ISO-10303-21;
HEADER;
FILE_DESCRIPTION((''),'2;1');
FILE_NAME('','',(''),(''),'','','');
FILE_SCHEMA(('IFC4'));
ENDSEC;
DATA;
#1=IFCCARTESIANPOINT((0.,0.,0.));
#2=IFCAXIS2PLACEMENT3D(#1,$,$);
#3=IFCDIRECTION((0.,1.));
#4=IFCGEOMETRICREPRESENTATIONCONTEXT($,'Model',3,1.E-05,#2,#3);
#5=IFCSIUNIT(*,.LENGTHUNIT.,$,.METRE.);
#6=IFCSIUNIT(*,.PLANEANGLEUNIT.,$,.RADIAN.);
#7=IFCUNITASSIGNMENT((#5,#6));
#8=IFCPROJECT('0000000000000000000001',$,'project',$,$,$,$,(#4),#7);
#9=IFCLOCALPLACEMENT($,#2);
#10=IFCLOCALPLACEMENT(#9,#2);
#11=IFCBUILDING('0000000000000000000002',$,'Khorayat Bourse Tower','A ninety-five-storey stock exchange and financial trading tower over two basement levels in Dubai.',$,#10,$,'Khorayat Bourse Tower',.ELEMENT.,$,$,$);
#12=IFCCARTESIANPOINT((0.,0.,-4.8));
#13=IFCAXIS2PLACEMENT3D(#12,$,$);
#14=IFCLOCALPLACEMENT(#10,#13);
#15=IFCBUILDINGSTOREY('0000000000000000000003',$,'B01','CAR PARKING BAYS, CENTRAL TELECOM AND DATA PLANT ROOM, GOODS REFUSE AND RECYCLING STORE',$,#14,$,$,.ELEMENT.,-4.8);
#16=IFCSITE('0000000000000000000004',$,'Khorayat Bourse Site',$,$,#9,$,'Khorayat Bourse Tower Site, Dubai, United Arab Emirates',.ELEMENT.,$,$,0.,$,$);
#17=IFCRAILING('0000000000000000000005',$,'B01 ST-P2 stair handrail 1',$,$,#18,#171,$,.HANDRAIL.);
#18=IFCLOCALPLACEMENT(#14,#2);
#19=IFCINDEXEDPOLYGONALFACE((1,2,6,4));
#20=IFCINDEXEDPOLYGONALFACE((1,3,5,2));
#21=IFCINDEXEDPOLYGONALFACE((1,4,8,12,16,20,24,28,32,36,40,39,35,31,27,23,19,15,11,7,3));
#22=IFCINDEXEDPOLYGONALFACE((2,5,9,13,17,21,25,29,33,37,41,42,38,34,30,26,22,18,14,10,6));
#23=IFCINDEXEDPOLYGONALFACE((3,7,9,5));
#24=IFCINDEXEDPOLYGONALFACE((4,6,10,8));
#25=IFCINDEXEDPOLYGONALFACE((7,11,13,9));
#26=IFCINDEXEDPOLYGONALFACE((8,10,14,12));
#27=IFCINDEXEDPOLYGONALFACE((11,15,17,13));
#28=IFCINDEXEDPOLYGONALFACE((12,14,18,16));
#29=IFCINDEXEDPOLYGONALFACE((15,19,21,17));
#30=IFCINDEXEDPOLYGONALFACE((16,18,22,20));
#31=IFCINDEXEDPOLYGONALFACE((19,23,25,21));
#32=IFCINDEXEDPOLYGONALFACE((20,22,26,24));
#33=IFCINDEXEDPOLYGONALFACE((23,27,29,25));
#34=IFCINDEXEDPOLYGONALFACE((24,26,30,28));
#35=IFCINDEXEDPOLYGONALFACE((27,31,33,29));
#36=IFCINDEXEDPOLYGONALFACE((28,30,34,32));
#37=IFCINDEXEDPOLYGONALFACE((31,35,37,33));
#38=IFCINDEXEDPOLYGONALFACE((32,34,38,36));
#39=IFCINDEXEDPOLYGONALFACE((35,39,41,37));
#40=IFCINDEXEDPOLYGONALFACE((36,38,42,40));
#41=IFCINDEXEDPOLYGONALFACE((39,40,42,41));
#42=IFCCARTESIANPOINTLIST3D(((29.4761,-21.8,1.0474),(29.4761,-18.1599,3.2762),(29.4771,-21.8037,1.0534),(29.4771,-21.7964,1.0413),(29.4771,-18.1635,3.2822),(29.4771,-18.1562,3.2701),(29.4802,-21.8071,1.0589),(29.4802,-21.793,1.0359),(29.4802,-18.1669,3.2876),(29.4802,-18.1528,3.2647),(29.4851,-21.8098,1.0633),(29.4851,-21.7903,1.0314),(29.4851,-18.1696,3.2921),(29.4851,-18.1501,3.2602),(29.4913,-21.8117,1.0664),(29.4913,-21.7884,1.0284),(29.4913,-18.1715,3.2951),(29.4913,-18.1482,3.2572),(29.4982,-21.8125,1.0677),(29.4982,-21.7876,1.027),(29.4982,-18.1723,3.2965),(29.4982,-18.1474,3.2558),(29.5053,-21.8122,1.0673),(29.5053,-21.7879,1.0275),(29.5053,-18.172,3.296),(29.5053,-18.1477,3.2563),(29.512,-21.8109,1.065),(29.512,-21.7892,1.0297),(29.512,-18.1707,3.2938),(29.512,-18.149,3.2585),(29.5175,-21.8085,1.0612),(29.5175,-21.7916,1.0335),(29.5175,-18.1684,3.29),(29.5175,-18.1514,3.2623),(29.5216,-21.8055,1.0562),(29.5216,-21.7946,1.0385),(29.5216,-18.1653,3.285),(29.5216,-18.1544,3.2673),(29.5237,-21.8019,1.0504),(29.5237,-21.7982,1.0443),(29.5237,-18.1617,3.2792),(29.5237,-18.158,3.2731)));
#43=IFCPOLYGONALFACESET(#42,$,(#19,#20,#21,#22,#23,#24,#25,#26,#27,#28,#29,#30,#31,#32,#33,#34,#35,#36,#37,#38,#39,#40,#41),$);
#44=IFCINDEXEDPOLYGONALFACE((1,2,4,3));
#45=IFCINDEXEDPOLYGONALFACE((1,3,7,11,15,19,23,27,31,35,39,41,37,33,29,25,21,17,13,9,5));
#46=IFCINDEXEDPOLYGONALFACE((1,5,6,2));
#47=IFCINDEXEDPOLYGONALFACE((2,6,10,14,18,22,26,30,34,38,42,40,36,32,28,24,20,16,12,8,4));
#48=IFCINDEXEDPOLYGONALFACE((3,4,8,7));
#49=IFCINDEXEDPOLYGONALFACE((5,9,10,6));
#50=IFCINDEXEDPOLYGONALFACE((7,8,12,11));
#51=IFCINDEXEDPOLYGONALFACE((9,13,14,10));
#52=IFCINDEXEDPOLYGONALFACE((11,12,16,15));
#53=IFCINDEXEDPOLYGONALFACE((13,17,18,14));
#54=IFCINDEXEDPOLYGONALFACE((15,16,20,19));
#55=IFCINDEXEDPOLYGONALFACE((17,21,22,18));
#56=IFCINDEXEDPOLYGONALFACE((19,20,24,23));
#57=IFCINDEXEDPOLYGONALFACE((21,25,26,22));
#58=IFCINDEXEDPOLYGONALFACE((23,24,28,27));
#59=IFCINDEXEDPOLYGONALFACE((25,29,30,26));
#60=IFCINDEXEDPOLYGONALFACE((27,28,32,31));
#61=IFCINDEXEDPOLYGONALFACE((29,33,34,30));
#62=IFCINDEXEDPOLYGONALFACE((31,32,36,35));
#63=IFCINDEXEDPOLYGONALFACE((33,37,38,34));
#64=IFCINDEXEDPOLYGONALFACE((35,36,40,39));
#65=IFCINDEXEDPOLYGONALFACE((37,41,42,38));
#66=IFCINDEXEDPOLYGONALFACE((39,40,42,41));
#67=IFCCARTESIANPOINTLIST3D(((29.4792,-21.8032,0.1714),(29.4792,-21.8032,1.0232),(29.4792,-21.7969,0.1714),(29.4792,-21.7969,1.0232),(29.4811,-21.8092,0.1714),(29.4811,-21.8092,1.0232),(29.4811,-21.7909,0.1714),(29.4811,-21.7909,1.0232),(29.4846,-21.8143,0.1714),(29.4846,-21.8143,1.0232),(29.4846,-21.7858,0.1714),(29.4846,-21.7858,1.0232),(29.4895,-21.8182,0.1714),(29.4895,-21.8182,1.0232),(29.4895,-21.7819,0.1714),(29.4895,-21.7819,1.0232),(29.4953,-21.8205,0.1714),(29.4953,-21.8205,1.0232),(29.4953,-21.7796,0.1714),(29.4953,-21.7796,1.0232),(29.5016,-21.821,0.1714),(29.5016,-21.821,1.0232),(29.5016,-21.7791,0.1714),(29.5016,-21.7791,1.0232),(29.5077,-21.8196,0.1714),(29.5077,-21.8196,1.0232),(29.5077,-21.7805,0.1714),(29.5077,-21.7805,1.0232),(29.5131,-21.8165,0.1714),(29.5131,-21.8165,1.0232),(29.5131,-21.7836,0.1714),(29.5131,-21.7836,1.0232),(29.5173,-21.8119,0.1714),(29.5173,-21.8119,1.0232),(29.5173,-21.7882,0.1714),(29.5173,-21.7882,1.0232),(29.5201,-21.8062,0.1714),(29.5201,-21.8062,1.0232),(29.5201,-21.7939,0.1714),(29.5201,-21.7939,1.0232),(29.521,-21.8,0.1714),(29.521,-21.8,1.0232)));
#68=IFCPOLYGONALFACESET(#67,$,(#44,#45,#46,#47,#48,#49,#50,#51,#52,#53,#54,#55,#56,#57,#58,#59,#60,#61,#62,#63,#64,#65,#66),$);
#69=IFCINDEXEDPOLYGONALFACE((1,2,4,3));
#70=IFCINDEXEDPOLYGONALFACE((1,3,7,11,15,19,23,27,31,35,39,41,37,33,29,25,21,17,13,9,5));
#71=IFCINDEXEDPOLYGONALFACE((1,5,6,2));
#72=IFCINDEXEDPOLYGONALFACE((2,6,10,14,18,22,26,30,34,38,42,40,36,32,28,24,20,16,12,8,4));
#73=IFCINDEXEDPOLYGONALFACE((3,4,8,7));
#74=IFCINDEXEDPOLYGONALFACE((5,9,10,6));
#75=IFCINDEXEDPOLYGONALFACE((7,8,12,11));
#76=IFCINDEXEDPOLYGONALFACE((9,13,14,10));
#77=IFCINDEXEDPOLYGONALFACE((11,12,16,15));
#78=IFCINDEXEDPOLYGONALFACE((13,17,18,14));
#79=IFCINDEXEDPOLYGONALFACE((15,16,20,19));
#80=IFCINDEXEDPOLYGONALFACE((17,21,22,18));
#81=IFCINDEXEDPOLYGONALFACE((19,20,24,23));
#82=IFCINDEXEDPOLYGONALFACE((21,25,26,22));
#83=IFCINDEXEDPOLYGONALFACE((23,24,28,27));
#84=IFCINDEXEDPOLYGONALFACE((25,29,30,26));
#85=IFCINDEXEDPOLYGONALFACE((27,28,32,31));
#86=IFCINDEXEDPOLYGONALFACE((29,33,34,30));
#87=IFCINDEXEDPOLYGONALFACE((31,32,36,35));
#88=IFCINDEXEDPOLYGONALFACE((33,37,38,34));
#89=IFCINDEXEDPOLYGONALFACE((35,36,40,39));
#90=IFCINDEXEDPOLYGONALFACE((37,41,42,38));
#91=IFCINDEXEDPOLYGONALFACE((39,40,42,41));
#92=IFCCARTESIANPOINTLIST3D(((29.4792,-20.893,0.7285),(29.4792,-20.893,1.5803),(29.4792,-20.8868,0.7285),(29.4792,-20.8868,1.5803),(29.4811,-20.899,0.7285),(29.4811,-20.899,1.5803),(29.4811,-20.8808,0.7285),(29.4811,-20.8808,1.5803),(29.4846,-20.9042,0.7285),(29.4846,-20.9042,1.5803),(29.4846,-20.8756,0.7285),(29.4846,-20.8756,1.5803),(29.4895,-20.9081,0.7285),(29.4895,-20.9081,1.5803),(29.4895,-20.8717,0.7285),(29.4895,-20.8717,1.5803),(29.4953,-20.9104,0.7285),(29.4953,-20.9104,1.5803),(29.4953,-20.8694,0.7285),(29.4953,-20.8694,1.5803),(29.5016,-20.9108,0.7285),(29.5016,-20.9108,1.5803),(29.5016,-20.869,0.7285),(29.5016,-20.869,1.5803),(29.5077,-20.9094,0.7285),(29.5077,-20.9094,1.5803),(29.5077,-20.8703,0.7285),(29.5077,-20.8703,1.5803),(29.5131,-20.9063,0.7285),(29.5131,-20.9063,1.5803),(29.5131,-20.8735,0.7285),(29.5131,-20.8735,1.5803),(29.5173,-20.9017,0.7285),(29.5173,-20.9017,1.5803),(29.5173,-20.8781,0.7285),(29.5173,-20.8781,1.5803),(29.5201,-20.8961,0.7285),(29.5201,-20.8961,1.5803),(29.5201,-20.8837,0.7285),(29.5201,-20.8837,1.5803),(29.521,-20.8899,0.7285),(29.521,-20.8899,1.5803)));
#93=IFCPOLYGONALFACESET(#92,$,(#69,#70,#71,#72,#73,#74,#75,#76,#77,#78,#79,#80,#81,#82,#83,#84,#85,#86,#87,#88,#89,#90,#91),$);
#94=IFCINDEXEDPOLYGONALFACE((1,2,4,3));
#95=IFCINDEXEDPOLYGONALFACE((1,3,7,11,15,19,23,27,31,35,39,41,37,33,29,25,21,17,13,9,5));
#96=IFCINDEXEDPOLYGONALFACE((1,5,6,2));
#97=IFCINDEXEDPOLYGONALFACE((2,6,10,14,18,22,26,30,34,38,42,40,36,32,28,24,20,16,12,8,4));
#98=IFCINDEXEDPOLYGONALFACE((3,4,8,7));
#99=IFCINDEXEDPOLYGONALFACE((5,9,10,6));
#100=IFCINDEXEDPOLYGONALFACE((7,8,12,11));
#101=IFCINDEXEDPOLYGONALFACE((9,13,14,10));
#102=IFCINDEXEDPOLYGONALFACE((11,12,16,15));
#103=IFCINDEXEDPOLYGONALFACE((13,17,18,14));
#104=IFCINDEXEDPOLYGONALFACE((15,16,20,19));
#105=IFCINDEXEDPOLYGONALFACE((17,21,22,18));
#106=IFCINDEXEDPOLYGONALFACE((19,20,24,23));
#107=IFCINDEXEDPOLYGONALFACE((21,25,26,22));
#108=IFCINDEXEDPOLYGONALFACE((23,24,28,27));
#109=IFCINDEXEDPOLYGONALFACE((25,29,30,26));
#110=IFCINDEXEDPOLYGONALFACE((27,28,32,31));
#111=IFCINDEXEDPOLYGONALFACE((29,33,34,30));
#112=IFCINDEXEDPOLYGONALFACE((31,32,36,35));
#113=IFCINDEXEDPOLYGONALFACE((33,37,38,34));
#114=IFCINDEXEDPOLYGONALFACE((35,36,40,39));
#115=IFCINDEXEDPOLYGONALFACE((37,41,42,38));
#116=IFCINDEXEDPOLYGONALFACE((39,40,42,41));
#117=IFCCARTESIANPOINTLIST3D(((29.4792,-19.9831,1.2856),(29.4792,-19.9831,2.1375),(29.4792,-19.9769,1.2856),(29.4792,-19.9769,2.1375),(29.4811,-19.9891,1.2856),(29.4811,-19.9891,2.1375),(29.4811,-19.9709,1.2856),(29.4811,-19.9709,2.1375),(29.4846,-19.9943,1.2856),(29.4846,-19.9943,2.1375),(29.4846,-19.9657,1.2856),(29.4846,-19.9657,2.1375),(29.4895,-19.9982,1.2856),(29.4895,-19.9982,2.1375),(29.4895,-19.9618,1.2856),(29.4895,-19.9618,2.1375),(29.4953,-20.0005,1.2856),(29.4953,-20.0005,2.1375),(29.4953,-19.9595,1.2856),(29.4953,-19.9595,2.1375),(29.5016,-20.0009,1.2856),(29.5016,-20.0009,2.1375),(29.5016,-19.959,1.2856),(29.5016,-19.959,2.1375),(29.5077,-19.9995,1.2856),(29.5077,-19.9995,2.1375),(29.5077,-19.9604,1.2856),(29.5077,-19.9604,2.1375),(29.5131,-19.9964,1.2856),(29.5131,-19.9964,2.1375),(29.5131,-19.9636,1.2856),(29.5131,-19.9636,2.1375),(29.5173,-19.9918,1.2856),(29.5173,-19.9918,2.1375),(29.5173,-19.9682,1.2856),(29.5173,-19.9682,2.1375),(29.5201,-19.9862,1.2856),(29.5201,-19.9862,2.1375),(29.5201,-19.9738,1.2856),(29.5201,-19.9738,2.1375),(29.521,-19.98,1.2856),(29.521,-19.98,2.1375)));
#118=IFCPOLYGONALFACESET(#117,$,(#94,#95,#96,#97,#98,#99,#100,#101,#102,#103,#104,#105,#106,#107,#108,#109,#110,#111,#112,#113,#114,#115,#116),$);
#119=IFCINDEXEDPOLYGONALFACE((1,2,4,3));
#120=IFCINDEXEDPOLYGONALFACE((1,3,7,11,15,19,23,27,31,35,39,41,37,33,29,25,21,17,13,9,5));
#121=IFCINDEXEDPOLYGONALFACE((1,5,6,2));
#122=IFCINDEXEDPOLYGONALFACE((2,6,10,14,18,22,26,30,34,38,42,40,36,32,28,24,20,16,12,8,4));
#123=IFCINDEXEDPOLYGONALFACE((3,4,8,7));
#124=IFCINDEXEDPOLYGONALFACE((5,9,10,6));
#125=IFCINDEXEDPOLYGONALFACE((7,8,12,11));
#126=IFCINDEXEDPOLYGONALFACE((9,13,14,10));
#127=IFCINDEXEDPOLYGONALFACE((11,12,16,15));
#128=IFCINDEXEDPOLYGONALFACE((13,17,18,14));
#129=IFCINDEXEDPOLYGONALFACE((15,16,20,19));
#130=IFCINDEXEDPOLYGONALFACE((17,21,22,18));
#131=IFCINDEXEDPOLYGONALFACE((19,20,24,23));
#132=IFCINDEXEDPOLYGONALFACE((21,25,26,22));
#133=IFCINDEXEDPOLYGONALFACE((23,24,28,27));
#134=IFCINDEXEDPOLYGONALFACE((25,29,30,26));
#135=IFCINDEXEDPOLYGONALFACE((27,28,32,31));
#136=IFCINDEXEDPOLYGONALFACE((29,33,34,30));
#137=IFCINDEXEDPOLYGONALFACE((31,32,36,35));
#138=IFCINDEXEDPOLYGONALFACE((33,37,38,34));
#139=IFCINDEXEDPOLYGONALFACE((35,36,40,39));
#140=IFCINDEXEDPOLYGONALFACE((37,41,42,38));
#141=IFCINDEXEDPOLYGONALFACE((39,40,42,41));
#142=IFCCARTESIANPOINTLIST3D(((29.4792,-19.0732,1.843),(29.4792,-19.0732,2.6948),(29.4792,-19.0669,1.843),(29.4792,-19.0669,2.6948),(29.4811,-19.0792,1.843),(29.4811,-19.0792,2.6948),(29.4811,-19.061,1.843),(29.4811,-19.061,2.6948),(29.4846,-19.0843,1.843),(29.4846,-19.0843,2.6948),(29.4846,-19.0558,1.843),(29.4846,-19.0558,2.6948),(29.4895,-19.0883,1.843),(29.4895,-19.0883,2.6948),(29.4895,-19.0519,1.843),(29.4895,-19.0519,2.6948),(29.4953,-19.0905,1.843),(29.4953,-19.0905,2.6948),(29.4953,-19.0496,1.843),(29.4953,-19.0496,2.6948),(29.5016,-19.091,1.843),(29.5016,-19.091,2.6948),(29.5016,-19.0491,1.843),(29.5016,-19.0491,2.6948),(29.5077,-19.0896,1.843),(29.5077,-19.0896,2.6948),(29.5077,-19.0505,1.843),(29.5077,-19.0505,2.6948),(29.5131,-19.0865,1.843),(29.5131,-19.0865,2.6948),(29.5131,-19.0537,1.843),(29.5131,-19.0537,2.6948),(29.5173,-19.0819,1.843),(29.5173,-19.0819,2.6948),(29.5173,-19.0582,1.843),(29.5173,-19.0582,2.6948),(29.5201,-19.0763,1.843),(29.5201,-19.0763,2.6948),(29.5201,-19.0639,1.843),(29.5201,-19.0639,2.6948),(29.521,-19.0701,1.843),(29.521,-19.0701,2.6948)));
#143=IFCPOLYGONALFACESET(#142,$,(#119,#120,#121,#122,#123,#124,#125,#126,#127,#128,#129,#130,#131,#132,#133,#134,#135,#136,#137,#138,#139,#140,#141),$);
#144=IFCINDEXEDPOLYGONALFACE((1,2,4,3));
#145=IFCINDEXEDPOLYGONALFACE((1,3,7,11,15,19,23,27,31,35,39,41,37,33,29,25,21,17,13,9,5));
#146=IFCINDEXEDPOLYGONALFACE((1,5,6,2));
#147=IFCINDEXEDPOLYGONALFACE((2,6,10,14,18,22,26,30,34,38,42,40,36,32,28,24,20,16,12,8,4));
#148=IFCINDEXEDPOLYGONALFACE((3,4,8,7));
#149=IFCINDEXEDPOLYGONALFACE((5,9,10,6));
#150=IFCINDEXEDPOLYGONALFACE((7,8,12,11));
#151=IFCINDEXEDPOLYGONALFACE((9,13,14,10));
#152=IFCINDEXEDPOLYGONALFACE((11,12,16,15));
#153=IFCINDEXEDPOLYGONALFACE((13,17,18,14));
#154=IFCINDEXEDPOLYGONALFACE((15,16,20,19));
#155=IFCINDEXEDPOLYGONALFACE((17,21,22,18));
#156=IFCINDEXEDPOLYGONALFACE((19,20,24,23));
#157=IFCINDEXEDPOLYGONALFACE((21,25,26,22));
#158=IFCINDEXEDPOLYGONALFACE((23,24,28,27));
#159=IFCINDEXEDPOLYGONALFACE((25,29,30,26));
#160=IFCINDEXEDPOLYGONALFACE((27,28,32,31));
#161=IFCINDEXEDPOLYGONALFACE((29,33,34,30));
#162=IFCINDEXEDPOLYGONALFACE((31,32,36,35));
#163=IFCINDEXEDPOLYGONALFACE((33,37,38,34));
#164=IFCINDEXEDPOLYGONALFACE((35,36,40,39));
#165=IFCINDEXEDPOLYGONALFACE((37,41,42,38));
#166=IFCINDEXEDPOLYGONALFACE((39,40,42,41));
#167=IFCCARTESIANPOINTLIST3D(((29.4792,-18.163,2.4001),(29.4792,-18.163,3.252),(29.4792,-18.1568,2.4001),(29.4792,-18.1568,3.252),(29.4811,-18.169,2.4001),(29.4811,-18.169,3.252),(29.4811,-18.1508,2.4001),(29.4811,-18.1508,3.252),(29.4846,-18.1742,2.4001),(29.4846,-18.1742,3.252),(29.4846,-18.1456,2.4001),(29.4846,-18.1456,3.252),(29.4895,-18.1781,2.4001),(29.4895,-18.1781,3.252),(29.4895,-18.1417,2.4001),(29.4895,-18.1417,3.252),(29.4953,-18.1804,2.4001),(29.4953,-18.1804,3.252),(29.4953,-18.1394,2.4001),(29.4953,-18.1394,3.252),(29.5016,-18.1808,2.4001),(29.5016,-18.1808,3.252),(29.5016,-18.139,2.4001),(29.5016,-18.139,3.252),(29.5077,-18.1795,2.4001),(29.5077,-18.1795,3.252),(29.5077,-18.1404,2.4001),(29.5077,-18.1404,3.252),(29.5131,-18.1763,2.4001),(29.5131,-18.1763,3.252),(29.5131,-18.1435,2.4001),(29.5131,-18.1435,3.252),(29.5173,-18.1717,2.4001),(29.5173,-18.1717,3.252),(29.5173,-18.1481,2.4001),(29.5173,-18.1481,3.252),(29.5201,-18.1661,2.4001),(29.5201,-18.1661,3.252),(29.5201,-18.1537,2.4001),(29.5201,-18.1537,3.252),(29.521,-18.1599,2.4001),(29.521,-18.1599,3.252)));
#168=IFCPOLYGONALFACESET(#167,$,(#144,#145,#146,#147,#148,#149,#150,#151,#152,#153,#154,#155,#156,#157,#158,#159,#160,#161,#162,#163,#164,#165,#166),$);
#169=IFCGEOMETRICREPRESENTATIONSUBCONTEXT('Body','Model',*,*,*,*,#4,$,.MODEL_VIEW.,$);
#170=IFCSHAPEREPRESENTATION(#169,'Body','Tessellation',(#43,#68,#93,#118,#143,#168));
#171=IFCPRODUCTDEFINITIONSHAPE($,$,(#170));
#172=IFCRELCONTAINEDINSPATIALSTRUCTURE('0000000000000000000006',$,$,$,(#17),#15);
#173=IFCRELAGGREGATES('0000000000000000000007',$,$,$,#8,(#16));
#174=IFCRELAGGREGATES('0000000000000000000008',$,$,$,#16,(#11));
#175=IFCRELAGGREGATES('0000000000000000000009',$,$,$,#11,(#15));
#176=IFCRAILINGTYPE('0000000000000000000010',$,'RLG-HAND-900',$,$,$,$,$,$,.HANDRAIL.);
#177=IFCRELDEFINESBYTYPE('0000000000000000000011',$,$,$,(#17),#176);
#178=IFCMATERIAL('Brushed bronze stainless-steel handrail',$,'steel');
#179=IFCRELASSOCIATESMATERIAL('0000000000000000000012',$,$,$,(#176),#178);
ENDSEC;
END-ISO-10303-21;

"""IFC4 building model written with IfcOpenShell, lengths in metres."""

from ifc_helpers import new_model, si_unit, direction, frame, origin, origin_2d, place, context, subcontext, project, spatial, circle, extrude, source, transform, mapped, material, type_object, element, save


model = new_model("IFC4")

# Units and contexts
model_context = context("Model", 3, precision=1e-05, world=origin(), true_north=direction((0.0, 1.0)))
body_context = subcontext(model_context, "Body", "Model", "MODEL_VIEW")
ifc_project = project(units=[si_unit("LENGTHUNIT", "METRE"), si_unit("PLANEANGLEUNIT", "RADIAN")], contexts=[model_context])

# Site, building, storey
site_placement = place(None, origin())
site = spatial("IfcSite", under=ifc_project, at=site_placement, Name="Khorayat Bourse Site", LongName="Khorayat Bourse Tower Site, Dubai, United Arab Emirates", CompositionType="ELEMENT", RefElevation=0.0)
building_placement = place(site_placement, origin())
building = spatial("IfcBuilding", under=site, at=building_placement, Name="Khorayat Bourse Tower", Description="A ninety-five-storey stock exchange and financial trading tower over two basement levels in Dubai.", LongName="Khorayat Bourse Tower", CompositionType="ELEMENT")
storey_placement = place(building_placement, frame((0.0, 0.0, -4.8)))
storey = spatial("IfcBuildingStorey", under=building, at=storey_placement, Name="B01", Description="CAR PARKING BAYS, CENTRAL TELECOM AND DATA PLANT ROOM, GOODS REFUSE AND RECYCLING STORE", CompositionType="ELEMENT", Elevation=-4.8)

# Railing
ifc_material_1 = material(Name="Brushed bronze stainless-steel handrail", Category="steel")
railing_type_1 = type_object("IfcRailingType", Name="RLG-HAND-900", PredefinedType="HANDRAIL", material=ifc_material_1)
shared_shape_1 = source(origin(), body_context, "Body", "SweptSolid", [
    extrude(circle(Radius=0.0239, at=origin_2d()), frame((0.0, 0.0, 0.876), z_axis=(0.0, 0.85284, 0.522172), x_axis=(-1.0, 0.0, 0.0)), (0.0, 0.0, 1.0), 4.2683),
    extrude(circle(Radius=0.021, at=origin_2d()), origin(), (0.0, 0.0, 1.0), 0.8518),
    extrude(circle(Radius=0.021, at=origin_2d()), frame((0.0, 0.9102, 0.5571)), (0.0, 0.0, 1.0), 0.8518),
    extrude(circle(Radius=0.021, at=origin_2d()), frame((0.0, 1.8201, 1.1143)), (0.0, 0.0, 1.0), 0.8518),
    extrude(circle(Radius=0.021, at=origin_2d()), frame((0.0, 2.73, 1.6716)), (0.0, 0.0, 1.0), 0.8518),
    extrude(circle(Radius=0.021, at=origin_2d()), frame((0.0, 3.6401, 2.2288)), (0.0, 0.0, 1.0), 0.8518),
])
railing_1_placement = place(storey_placement, frame((29.5, -21.8, 0.1714)))
element("IfcRailing", 1, at=railing_1_placement, inside=storey, type_object=railing_type_1, Name="B01 ST-P2 stair handrail 1", PredefinedType="HANDRAIL", context=body_context, shape_type="MappedRepresentation", body=[
    mapped(shared_shape_1, transform((0.0, 0.0, 0.0), scale=1.0)),
])

save(model, "model.ifc")
